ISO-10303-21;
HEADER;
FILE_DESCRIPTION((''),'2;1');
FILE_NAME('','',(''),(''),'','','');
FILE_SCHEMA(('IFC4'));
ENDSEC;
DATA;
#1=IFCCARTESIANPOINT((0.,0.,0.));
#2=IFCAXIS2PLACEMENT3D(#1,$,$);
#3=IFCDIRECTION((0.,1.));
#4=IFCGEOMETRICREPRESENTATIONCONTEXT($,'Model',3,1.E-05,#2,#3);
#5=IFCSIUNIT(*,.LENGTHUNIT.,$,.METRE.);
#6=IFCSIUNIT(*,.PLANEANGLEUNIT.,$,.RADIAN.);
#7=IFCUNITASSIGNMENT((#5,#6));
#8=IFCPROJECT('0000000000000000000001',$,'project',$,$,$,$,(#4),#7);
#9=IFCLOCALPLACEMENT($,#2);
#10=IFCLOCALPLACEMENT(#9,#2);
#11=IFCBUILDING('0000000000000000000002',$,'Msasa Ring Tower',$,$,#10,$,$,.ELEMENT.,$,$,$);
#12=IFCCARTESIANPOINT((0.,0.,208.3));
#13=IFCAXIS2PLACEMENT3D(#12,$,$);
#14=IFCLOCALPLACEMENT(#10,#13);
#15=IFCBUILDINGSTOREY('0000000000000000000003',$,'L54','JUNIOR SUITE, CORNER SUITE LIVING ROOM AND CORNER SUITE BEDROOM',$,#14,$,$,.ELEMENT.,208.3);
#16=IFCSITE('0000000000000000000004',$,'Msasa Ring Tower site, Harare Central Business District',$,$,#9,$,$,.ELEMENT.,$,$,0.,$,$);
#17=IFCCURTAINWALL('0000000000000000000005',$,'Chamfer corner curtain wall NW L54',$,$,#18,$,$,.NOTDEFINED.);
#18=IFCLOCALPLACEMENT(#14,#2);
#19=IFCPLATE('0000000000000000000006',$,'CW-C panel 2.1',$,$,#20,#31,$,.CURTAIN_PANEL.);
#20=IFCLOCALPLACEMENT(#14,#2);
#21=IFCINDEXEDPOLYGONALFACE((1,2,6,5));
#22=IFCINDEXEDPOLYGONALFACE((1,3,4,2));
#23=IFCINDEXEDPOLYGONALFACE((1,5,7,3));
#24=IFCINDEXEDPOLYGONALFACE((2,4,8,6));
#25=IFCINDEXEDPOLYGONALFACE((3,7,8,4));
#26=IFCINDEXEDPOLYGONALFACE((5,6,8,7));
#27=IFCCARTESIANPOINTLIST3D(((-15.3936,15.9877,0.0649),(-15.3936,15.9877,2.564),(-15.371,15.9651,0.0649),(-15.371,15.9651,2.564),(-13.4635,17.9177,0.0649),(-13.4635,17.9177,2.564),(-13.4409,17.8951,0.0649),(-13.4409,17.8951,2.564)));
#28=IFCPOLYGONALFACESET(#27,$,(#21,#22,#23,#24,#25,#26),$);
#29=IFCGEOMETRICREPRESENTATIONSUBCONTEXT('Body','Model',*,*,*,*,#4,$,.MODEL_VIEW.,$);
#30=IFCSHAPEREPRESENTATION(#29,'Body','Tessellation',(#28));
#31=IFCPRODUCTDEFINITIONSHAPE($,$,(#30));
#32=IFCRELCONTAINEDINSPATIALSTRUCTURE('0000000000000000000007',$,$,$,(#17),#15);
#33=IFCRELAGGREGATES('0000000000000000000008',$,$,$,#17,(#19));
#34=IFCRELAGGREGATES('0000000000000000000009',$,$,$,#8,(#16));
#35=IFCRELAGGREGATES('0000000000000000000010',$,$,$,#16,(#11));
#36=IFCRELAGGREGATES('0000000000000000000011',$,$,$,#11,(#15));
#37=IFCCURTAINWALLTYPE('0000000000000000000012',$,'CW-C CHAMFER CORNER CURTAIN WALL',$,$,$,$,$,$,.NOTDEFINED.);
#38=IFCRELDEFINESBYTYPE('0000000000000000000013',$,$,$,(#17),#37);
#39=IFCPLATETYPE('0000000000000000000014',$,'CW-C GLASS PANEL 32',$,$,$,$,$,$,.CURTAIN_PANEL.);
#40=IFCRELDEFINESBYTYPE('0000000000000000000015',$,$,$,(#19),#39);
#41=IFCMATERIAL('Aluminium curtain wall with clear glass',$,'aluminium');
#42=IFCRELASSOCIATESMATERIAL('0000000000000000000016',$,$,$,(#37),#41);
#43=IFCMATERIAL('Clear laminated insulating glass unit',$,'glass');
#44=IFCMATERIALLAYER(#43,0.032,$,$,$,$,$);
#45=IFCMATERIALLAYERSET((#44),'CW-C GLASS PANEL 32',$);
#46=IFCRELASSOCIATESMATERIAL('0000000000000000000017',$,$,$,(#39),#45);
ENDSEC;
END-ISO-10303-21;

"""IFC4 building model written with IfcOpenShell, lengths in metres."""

from ifc_helpers import new_model, si_unit, direction, frame, origin, origin_2d, place, context, subcontext, project, spatial, rectangle, extrude, material, layer, layer_set, type_object, element, aggregate, save


model = new_model("IFC4")

# Units and contexts
model_context = context("Model", 3, precision=1e-05, world=origin(), true_north=direction((0.0, 1.0)))
body_context = subcontext(model_context, "Body", "Model", "MODEL_VIEW")
ifc_project = project(units=[si_unit("LENGTHUNIT", "METRE"), si_unit("PLANEANGLEUNIT", "RADIAN")], contexts=[model_context])

# Site, building, storey
site_placement = place(None, origin())
site = spatial("IfcSite", under=ifc_project, at=site_placement, Name="Msasa Ring Tower site, Harare Central Business District", CompositionType="ELEMENT", RefElevation=0.0)
building_placement = place(site_placement, origin())
building = spatial("IfcBuilding", under=site, at=building_placement, Name="Msasa Ring Tower", CompositionType="ELEMENT")
storey_placement = place(building_placement, frame((0.0, 0.0, 208.3)))
storey = spatial("IfcBuildingStorey", under=building, at=storey_placement, Name="L54", Description="JUNIOR SUITE, CORNER SUITE LIVING ROOM AND CORNER SUITE BEDROOM", CompositionType="ELEMENT", Elevation=208.3)

# Shared definitions
ifc_material_1 = material(Name="Aluminium curtain wall with clear glass", Category="aluminium")
curtain_wall_type = type_object("IfcCurtainWallType", Name="CW-C CHAMFER CORNER CURTAIN WALL", PredefinedType="NOTDEFINED", material=ifc_material_1)

# Curtain wall
curtain_wall_1_placement = place(storey_placement, origin())
curtain_wall_1 = element("IfcCurtainWall", 1, at=curtain_wall_1_placement, inside=storey, type_object=curtain_wall_type, Name="Chamfer corner curtain wall NW L54", PredefinedType="NOTDEFINED")

# Plate
ifc_material_2 = material(Name="Clear laminated insulating glass unit", Category="glass")
ifc_layer = layer(ifc_material_2, 0.032)
ifc_layer_set = layer_set([ifc_layer], Name="CW-C GLASS PANEL 32")
plate_type = type_object("IfcPlateType", Name="CW-C GLASS PANEL 32", PredefinedType="CURTAIN_PANEL", material=ifc_layer_set)
plate_1_placement = place(storey_placement, frame((-14.4172, 16.9414, 0.0649), z_axis=(0.0, 0.0, 1.0), x_axis=(-0.707107, -0.707107, 0.0)))
plate_1 = element("IfcPlate", 2, at=plate_1_placement, type_object=plate_type, Name="CW-C panel 2.1", PredefinedType="CURTAIN_PANEL", context=body_context, shape_type="SweptSolid", body=[
    extrude(rectangle(XDim=2.7295, YDim=0.032, at=origin_2d()), origin(), (0.0, 0.0, 1.0), 2.499),
])
aggregate(curtain_wall_1, [plate_1])

save(model, "model.ifc")
